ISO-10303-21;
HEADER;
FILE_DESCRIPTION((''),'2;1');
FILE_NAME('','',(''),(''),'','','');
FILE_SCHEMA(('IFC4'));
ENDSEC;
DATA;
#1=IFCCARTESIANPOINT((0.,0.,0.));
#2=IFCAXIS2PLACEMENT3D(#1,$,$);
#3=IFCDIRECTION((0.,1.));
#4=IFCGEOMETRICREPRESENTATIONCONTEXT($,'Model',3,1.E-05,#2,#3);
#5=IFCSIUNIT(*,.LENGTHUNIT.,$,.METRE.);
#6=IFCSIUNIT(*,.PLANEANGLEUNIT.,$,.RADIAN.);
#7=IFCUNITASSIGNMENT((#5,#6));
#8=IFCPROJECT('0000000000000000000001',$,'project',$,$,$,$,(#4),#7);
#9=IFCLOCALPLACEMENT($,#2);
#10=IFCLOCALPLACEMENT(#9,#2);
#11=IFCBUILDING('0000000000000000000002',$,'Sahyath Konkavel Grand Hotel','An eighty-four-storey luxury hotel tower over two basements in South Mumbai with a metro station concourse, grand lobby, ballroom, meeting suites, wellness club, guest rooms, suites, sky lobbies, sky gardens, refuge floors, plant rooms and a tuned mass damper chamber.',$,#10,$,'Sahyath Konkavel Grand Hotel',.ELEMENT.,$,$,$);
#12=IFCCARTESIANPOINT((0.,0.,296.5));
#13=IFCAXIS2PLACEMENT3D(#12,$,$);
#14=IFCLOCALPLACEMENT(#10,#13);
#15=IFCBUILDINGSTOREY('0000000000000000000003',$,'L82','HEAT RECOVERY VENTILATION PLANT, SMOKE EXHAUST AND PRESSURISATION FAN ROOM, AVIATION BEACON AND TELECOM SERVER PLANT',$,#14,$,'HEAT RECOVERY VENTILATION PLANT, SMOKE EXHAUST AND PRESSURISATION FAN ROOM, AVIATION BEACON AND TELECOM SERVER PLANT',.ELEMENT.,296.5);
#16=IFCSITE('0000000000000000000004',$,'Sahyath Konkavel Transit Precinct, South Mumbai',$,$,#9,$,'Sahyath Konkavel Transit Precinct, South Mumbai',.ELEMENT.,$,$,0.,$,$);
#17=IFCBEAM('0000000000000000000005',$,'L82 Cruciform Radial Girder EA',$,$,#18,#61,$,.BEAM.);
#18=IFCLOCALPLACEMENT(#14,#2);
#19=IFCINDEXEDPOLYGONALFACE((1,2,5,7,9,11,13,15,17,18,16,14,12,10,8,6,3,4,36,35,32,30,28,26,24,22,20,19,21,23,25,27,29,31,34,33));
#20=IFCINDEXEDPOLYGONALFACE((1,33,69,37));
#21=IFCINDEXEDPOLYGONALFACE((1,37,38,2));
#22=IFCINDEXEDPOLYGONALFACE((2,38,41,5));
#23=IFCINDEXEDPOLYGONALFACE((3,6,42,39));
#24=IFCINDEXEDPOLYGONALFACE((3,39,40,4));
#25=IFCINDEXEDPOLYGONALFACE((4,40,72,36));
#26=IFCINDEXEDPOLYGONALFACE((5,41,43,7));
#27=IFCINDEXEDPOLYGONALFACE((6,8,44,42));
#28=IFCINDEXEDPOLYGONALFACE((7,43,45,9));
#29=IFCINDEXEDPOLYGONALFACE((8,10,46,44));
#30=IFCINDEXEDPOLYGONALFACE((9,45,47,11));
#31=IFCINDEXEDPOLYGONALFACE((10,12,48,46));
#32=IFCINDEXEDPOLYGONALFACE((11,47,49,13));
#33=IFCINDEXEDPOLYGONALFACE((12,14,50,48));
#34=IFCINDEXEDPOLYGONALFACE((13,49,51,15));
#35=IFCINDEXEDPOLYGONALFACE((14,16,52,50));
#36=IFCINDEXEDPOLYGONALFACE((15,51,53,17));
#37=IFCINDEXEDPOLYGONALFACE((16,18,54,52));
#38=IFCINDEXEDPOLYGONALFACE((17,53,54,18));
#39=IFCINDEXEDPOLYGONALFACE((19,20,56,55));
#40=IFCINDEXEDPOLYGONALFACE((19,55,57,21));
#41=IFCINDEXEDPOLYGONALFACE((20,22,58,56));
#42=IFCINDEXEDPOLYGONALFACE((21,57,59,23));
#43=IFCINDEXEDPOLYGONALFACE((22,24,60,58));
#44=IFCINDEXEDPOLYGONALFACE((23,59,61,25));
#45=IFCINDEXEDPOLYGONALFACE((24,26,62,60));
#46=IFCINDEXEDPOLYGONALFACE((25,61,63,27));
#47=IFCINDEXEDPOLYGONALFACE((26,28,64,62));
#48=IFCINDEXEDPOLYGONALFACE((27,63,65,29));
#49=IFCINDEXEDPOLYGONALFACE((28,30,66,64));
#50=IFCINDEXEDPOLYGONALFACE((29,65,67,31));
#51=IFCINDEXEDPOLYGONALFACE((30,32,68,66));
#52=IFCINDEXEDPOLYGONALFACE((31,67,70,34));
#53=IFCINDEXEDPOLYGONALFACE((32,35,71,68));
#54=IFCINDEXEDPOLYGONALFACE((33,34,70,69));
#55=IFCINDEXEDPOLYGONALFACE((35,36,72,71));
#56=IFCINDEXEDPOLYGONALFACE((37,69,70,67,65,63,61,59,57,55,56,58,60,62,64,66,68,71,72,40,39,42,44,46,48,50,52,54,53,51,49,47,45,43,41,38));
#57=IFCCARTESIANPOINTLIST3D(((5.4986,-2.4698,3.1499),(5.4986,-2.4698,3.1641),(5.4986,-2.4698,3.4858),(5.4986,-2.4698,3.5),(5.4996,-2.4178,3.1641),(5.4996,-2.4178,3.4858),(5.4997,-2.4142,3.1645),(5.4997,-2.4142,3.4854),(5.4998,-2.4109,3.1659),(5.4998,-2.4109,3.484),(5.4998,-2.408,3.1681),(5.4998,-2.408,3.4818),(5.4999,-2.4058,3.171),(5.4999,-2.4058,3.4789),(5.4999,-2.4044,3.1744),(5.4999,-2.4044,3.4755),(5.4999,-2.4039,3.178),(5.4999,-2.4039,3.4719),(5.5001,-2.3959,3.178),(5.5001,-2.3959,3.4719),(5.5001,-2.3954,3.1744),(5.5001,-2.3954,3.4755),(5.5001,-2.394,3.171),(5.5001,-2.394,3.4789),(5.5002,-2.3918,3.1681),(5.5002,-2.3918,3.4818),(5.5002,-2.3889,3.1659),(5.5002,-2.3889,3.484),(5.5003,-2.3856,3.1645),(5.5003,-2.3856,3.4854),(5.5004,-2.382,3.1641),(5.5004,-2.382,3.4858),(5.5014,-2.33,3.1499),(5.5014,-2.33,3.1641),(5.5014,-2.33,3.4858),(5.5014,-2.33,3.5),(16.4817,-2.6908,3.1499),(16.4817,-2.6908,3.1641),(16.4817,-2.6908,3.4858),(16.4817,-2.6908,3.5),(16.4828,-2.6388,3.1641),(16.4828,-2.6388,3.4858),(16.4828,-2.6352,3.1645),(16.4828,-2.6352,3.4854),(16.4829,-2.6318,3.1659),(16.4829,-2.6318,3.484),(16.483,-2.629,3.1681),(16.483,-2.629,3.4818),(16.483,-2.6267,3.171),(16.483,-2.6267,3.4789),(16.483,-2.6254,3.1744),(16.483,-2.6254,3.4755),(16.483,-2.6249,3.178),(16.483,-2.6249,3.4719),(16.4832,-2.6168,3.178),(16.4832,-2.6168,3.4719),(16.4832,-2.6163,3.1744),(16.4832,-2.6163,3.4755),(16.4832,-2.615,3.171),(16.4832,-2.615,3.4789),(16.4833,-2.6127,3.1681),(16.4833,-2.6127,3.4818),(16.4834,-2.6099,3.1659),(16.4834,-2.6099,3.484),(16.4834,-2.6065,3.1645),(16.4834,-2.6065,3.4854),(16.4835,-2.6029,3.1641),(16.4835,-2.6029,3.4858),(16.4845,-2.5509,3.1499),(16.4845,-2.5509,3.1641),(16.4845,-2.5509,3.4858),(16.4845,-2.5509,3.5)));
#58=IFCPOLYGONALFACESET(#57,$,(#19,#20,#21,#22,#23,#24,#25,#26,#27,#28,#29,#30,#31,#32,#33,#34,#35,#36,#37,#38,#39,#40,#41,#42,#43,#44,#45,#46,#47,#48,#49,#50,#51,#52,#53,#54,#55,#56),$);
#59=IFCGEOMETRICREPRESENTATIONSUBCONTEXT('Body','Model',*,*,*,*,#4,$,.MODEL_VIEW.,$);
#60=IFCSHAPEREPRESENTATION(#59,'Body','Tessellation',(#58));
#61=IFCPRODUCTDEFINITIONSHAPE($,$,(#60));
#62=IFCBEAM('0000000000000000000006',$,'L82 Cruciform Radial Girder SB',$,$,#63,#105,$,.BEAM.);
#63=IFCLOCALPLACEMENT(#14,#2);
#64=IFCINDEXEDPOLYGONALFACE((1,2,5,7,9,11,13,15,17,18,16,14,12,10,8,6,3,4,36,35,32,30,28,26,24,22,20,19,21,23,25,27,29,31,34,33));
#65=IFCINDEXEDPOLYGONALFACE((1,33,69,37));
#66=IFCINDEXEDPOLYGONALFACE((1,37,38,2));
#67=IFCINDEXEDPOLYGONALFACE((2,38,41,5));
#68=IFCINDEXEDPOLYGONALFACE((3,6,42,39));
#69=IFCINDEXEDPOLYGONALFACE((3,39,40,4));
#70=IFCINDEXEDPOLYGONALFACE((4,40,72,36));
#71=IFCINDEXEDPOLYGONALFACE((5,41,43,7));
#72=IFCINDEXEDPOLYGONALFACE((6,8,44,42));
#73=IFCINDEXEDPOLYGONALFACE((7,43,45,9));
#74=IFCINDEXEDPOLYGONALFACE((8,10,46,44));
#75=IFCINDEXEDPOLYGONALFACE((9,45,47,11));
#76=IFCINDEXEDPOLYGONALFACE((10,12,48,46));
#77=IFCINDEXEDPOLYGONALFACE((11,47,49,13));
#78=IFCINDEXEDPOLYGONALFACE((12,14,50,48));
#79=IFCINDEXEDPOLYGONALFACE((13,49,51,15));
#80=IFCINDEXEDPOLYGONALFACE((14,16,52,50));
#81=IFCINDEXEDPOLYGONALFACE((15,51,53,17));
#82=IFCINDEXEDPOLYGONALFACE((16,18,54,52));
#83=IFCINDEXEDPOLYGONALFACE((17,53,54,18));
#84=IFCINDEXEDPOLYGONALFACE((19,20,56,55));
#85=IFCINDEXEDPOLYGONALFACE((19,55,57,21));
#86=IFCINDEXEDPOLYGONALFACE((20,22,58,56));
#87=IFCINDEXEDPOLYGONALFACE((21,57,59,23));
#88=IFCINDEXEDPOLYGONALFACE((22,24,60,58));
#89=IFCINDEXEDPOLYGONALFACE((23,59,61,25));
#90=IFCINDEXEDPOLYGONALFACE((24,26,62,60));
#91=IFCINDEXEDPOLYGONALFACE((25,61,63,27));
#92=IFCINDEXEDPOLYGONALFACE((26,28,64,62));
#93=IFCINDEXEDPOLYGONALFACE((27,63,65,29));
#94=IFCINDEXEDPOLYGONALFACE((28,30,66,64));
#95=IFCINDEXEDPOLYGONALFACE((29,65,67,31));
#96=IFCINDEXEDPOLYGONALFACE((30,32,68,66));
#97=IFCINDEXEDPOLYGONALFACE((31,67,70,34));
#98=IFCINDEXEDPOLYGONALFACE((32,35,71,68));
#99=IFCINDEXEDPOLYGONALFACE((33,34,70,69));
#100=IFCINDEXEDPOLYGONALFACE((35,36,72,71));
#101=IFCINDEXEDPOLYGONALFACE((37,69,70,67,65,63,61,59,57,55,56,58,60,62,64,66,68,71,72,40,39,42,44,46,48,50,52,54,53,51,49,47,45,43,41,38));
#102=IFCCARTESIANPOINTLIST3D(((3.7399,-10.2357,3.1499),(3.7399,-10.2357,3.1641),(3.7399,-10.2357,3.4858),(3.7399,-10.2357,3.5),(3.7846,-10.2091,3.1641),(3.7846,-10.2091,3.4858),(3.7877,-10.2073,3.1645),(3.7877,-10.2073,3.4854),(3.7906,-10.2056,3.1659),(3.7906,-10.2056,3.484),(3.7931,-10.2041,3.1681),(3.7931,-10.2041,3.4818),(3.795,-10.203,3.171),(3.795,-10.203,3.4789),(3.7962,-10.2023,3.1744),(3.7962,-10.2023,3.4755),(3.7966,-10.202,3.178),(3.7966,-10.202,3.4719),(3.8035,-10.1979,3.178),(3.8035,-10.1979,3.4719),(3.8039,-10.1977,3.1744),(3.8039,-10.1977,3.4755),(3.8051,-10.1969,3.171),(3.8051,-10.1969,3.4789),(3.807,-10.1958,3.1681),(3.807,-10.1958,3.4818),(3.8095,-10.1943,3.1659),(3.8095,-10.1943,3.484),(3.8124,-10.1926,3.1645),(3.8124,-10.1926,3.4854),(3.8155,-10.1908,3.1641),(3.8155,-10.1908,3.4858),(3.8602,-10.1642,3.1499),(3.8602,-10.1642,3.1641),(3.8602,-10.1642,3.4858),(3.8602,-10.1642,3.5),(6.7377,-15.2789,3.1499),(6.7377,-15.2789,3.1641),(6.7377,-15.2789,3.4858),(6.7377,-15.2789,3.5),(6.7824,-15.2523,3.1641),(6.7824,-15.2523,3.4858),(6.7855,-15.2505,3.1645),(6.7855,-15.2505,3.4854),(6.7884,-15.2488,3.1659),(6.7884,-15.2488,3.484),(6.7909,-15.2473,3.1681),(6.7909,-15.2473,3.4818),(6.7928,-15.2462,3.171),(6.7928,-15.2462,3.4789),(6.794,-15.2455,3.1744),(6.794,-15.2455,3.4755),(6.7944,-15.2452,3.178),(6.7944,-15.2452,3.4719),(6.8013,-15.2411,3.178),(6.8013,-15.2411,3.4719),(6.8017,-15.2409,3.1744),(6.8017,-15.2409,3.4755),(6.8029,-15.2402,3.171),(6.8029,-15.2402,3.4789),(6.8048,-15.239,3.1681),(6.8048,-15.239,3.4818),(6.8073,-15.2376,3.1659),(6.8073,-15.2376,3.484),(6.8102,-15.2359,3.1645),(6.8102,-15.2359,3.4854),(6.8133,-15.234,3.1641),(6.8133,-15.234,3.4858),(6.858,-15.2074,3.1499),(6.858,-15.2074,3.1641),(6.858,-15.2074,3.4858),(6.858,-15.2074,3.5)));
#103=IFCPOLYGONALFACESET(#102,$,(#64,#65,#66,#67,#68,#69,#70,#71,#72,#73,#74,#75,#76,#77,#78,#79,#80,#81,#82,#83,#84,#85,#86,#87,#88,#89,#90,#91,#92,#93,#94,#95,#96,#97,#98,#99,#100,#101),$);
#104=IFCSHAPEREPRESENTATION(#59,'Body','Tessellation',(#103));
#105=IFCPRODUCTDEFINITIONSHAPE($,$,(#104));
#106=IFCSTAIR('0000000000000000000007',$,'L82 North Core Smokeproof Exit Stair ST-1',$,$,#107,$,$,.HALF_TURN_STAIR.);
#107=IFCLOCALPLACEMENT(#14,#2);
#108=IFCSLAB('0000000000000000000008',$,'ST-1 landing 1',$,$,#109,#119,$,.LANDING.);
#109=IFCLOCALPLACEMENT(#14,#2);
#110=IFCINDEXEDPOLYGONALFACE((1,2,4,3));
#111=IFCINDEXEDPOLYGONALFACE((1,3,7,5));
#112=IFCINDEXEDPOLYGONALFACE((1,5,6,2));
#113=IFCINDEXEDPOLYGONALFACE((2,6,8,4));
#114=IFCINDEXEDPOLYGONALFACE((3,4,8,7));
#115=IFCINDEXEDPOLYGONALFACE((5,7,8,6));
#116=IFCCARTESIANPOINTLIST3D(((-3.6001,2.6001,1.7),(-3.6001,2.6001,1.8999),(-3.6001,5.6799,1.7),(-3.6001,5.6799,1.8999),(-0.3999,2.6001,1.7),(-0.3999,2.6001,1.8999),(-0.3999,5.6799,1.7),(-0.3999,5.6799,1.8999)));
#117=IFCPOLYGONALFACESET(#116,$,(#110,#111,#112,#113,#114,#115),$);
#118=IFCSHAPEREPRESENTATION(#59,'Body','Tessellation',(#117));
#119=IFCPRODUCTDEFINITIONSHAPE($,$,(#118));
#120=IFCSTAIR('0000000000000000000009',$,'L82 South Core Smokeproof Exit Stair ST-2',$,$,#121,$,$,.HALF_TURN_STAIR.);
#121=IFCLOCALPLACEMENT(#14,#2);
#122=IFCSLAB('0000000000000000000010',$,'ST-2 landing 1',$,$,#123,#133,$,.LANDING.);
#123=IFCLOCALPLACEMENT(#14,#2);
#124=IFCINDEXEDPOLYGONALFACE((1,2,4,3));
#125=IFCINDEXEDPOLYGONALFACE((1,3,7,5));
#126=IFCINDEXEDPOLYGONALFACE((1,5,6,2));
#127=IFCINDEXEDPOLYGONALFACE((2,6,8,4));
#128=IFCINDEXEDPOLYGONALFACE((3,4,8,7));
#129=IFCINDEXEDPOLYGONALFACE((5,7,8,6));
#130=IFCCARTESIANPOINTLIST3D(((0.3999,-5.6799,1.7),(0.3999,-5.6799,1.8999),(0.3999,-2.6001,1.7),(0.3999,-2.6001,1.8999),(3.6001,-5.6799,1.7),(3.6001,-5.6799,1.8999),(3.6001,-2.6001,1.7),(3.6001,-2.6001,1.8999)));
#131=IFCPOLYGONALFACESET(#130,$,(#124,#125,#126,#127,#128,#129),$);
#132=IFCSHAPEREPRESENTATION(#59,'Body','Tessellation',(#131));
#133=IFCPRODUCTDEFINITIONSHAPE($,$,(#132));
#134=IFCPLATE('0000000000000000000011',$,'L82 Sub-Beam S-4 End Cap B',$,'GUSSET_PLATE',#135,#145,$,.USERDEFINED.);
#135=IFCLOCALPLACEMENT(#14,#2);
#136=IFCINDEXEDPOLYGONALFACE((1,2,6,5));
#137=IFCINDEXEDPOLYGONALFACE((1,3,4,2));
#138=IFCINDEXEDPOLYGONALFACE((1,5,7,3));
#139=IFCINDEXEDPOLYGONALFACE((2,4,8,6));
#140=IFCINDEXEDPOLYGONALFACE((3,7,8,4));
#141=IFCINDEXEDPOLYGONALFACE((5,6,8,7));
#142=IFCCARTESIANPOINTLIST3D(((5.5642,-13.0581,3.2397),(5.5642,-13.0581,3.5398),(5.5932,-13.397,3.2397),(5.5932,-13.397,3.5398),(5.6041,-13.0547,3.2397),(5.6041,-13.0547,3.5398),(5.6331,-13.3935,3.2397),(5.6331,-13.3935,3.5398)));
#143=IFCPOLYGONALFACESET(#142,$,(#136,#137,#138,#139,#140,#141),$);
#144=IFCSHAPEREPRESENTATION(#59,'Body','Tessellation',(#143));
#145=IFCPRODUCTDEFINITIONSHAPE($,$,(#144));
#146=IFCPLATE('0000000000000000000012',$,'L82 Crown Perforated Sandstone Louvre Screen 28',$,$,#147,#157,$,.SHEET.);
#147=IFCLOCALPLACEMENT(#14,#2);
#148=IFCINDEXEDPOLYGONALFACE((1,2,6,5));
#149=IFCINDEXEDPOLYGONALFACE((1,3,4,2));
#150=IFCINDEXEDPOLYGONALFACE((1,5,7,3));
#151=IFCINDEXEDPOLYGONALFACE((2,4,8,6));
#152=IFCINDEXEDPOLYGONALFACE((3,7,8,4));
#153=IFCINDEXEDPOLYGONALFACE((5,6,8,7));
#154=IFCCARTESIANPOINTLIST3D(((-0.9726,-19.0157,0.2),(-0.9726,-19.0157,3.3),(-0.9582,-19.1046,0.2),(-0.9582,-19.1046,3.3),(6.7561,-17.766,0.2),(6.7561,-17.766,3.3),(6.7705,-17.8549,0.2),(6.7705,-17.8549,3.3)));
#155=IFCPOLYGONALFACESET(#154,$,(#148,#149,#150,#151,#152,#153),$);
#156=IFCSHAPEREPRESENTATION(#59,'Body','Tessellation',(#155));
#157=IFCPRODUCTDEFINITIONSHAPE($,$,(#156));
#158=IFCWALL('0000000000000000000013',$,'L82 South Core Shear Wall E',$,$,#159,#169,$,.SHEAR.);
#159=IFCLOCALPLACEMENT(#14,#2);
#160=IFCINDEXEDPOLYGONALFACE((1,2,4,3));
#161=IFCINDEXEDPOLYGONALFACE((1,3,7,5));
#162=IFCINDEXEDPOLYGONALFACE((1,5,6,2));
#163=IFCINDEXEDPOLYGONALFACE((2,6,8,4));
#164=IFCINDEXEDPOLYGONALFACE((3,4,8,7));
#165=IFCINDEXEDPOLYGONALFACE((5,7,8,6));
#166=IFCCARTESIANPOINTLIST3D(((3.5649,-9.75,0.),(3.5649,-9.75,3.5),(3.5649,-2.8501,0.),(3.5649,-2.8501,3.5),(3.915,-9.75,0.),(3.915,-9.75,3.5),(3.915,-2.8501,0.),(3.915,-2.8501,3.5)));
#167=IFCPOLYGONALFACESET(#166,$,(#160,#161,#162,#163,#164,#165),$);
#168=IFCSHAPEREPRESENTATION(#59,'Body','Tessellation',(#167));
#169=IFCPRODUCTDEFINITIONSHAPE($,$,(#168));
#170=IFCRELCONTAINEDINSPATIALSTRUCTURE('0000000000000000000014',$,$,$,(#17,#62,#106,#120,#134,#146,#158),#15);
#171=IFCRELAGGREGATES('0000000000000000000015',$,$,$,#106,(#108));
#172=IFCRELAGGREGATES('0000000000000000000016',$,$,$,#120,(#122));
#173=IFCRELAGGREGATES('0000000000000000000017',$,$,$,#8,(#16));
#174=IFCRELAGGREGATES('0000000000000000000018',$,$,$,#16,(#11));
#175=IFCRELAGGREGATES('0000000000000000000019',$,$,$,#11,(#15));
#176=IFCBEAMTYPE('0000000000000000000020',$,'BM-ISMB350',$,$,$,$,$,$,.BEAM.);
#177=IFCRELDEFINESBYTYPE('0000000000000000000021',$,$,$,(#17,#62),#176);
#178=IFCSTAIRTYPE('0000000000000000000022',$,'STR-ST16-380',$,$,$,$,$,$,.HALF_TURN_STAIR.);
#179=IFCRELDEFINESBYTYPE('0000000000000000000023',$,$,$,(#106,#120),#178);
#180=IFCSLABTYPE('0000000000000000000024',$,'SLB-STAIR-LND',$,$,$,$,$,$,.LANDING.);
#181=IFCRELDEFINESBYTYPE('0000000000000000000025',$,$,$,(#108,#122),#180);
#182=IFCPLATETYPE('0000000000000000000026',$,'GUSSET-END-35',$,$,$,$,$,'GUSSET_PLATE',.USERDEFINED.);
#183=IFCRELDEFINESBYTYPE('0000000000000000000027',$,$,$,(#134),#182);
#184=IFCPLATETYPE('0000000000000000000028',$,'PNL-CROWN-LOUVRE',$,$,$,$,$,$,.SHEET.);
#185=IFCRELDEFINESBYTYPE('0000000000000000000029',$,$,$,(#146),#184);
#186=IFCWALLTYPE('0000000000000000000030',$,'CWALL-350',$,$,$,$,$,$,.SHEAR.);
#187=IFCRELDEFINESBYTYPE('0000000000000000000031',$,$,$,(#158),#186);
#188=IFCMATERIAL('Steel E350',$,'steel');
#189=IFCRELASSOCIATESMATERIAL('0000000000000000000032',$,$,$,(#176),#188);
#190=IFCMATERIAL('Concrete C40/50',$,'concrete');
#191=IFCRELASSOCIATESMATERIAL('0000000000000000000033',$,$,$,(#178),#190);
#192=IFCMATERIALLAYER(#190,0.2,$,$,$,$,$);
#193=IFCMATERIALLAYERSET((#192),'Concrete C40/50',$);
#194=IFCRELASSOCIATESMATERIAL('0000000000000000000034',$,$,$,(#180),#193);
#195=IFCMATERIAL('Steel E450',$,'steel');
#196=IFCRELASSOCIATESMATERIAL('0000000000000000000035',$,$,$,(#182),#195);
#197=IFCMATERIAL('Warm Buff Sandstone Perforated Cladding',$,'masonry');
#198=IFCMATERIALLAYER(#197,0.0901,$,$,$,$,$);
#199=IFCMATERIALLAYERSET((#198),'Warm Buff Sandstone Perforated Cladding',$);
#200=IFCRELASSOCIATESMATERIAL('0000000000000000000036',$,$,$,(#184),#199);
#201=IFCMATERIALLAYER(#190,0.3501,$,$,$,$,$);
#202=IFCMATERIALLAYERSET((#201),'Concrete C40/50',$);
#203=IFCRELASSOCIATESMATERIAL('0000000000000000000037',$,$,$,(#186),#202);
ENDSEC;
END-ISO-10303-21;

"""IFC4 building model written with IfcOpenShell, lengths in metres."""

from ifc_helpers import new_model, si_unit, direction, frame, frame_2d, origin, origin_2d, place, context, subcontext, project, spatial, polyline, rectangle, i_section, outline, extrude, source, transform, mapped, material, layer, layer_set, material_profile, profile_set, type_object, element, aggregate, save


model = new_model("IFC4")

# Units and contexts
model_context = context("Model", 3, precision=1e-05, world=origin(), true_north=direction((0.0, 1.0)))
body_context = subcontext(model_context, "Body", "Model", "MODEL_VIEW")
ifc_project = project(units=[si_unit("LENGTHUNIT", "METRE"), si_unit("PLANEANGLEUNIT", "RADIAN")], contexts=[model_context])

# Site, building, storey
site_placement = place(None, origin())
site = spatial("IfcSite", under=ifc_project, at=site_placement, Name="Sahyath Konkavel Transit Precinct, South Mumbai", LongName="Sahyath Konkavel Transit Precinct, South Mumbai", CompositionType="ELEMENT", RefElevation=0.0)
building_placement = place(site_placement, origin())
building = spatial("IfcBuilding", under=site, at=building_placement, Name="Sahyath Konkavel Grand Hotel", Description="An eighty-four-storey luxury hotel tower over two basements in South Mumbai with a metro station concourse, grand lobby, ballroom, meeting suites, wellness club, guest rooms, suites, sky lobbies, sky gardens, refuge floors, plant rooms and a tuned mass damper chamber.", LongName="Sahyath Konkavel Grand Hotel", CompositionType="ELEMENT")
storey_placement = place(building_placement, frame((0.0, 0.0, 296.5)))
storey = spatial("IfcBuildingStorey", under=building, at=storey_placement, Name="L82", Description="HEAT RECOVERY VENTILATION PLANT, SMOKE EXHAUST AND PRESSURISATION FAN ROOM, AVIATION BEACON AND TELECOM SERVER PLANT", LongName="HEAT RECOVERY VENTILATION PLANT, SMOKE EXHAUST AND PRESSURISATION FAN ROOM, AVIATION BEACON AND TELECOM SERVER PLANT", CompositionType="ELEMENT", Elevation=296.5)

# Shared definitions
ifc_material_1 = material(Name="Concrete C40/50", Category="concrete")

# Beams
ifc_material_2 = material(Name="Steel E350", Category="steel")
ifc_material_profile_1 = material_profile(ifc_material_2, i_section(OverallWidth=0.1399, OverallDepth=0.3501, WebThickness=0.0081, FlangeThickness=0.0142, FilletRadius=0.0139, at=origin_2d()), Name="ISMB 350")
ifc_profile_set_1 = profile_set([ifc_material_profile_1], Name="Steel E350")
beam_type_1 = type_object("IfcBeamType", Name="BM-ISMB350", PredefinedType="BEAM", material=ifc_profile_set_1)
shared_shape_1 = source(origin(), body_context, "Body", "SweptSolid", [
    extrude(i_section(OverallWidth=0.1399, OverallDepth=0.3501, WebThickness=0.0081, FlangeThickness=0.0142, FilletRadius=0.0139, at=origin_2d()), origin(), (0.0, 0.0, 1.0), 10.9854),
])
beam_1_placement = place(storey_placement, frame((5.5, -2.3999, 3.325), z_axis=(0.999798, -0.020113, 0.0), x_axis=(0.020113, 0.999798, 0.0)))
element("IfcBeam", 1, at=beam_1_placement, inside=storey, type_object=beam_type_1, Name="L82 Cruciform Radial Girder EA", PredefinedType="BEAM", context=body_context, shape_type="MappedRepresentation", body=[
    mapped(shared_shape_1, transform((0.0, 0.0, 0.0), scale=1.0)),
])
shared_shape_2 = source(origin(), body_context, "Body", "SweptSolid", [
    extrude(i_section(OverallWidth=0.1399, OverallDepth=0.3501, WebThickness=0.0081, FlangeThickness=0.0142, FilletRadius=0.0139, at=origin_2d()), origin(), (0.0, 0.0, 1.0), 5.8669),
])
beam_2_placement = place(storey_placement, frame((3.8, -10.2, 3.325), z_axis=(0.510967, -0.859601, 0.0), x_axis=(0.859601, 0.510967, 0.0)))
element("IfcBeam", 2, at=beam_2_placement, inside=storey, type_object=beam_type_1, Name="L82 Cruciform Radial Girder SB", PredefinedType="BEAM", context=body_context, shape_type="MappedRepresentation", body=[
    mapped(shared_shape_2, transform((0.0, 0.0, 0.0), scale=1.0)),
])

# Stairs, slabs
stair_type = type_object("IfcStairType", Name="STR-ST16-380", PredefinedType="HALF_TURN_STAIR", material=ifc_material_1)
stair_1_placement = place(storey_placement, origin())
stair_1 = element("IfcStair", 3, at=stair_1_placement, inside=storey, type_object=stair_type, Name="L82 North Core Smokeproof Exit Stair ST-1", PredefinedType="HALF_TURN_STAIR")
ifc_layer_1 = layer(ifc_material_1, 0.2)
ifc_layer_set_1 = layer_set([ifc_layer_1], Name="Concrete C40/50")
slab_type = type_object("IfcSlabType", Name="SLB-STAIR-LND", PredefinedType="LANDING", material=ifc_layer_set_1)
slab_1_placement = place(storey_placement, frame((0.0, 0.0, 1.7)))
slab_1 = element("IfcSlab", 4, at=slab_1_placement, type_object=slab_type, Name="ST-1 landing 1", PredefinedType="LANDING", context=body_context, shape_type="SweptSolid", body=[
    extrude(outline(polyline([(-3.6001, 5.6799), (-3.6001, 2.6001), (-0.3999, 2.6001), (-0.3999, 5.6799), (-3.6001, 5.6799)])), origin(), (0.0, 0.0, 1.0), 0.2),
])
aggregate(stair_1, [slab_1])
stair_2_placement = place(storey_placement, origin())
stair_2 = element("IfcStair", 5, at=stair_2_placement, inside=storey, type_object=stair_type, Name="L82 South Core Smokeproof Exit Stair ST-2", PredefinedType="HALF_TURN_STAIR")
slab_2_placement = place(storey_placement, frame((0.0, 0.0, 1.7)))
slab_2 = element("IfcSlab", 6, at=slab_2_placement, type_object=slab_type, Name="ST-2 landing 1", PredefinedType="LANDING", context=body_context, shape_type="SweptSolid", body=[
    extrude(outline(polyline([(3.6001, -5.6799), (3.6001, -2.6001), (0.3999, -2.6001), (0.3999, -5.6799), (3.6001, -5.6799)])), origin(), (0.0, 0.0, 1.0), 0.2),
])

# Plates
ifc_material_3 = material(Name="Steel E450", Category="steel")
plate_type_1 = type_object("IfcPlateType", Name="GUSSET-END-35", ElementType="GUSSET_PLATE", PredefinedType="USERDEFINED", material=ifc_material_3)
shared_shape_3 = source(origin(), body_context, "Body", "SweptSolid", [
    extrude(rectangle(XDim=0.04, YDim=0.3401, at=origin_2d()), origin(), (0.0, 0.0, 1.0), 0.3),
])
plate_1_placement = place(storey_placement, frame((5.5986, -13.2258, 3.2397), z_axis=(0.0, 0.0, 1.0), x_axis=(0.996356, 0.085295, 0.0)))
element("IfcPlate", 7, at=plate_1_placement, inside=storey, type_object=plate_type_1, Name="L82 Sub-Beam S-4 End Cap B", ObjectType="GUSSET_PLATE", PredefinedType="USERDEFINED", context=body_context, shape_type="MappedRepresentation", body=[
    mapped(shared_shape_3, transform((0.0, 0.0, 0.0), scale=1.0)),
])
ifc_material_4 = material(Name="Warm Buff Sandstone Perforated Cladding", Category="masonry")
ifc_layer_2 = layer(ifc_material_4, 0.0901)
ifc_layer_set_2 = layer_set([ifc_layer_2], Name="Warm Buff Sandstone Perforated Cladding")
plate_type_2 = type_object("IfcPlateType", Name="PNL-CROWN-LOUVRE", PredefinedType="SHEET", material=ifc_layer_set_2)
shared_shape_4 = source(origin(), body_context, "Body", "SweptSolid", [
    extrude(rectangle(XDim=7.8291, YDim=0.0901, at=origin_2d()), origin(), (0.0, 0.0, 1.0), 3.1001),
])
plate_2_placement = place(storey_placement, frame((2.8989, -18.4353, 0.2), z_axis=(0.0, 0.0, 1.0), x_axis=(0.987178, 0.159623, 0.0)))
element("IfcPlate", 8, at=plate_2_placement, inside=storey, type_object=plate_type_2, Name="L82 Crown Perforated Sandstone Louvre Screen 28", PredefinedType="SHEET", context=body_context, shape_type="MappedRepresentation", body=[
    mapped(shared_shape_4, transform((0.0, 0.0, 0.0), scale=1.0)),
])

# Wall
ifc_layer_3 = layer(ifc_material_1, 0.3501)
ifc_layer_set_3 = layer_set([ifc_layer_3], Name="Concrete C40/50")
wall_type_1 = type_object("IfcWallType", Name="CWALL-350", PredefinedType="SHEAR", material=ifc_layer_set_3)
wall_1_placement = place(storey_placement, frame((3.74, -9.75, 0.0), z_axis=(0.0, 0.0, 1.0), x_axis=(0.0, 1.0, 0.0)))
element("IfcWall", 9, at=wall_1_placement, inside=storey, type_object=wall_type_1, Name="L82 South Core Shear Wall E", PredefinedType="SHEAR", context=body_context, shape_type="SweptSolid", body=[
    extrude(rectangle(XDim=6.8999, YDim=0.3501, at=frame_2d((3.45, 0.0))), origin(), (0.0, 0.0, 1.0), 3.5),
])

aggregate(stair_2, [slab_2])

save(model, "model.ifc")
